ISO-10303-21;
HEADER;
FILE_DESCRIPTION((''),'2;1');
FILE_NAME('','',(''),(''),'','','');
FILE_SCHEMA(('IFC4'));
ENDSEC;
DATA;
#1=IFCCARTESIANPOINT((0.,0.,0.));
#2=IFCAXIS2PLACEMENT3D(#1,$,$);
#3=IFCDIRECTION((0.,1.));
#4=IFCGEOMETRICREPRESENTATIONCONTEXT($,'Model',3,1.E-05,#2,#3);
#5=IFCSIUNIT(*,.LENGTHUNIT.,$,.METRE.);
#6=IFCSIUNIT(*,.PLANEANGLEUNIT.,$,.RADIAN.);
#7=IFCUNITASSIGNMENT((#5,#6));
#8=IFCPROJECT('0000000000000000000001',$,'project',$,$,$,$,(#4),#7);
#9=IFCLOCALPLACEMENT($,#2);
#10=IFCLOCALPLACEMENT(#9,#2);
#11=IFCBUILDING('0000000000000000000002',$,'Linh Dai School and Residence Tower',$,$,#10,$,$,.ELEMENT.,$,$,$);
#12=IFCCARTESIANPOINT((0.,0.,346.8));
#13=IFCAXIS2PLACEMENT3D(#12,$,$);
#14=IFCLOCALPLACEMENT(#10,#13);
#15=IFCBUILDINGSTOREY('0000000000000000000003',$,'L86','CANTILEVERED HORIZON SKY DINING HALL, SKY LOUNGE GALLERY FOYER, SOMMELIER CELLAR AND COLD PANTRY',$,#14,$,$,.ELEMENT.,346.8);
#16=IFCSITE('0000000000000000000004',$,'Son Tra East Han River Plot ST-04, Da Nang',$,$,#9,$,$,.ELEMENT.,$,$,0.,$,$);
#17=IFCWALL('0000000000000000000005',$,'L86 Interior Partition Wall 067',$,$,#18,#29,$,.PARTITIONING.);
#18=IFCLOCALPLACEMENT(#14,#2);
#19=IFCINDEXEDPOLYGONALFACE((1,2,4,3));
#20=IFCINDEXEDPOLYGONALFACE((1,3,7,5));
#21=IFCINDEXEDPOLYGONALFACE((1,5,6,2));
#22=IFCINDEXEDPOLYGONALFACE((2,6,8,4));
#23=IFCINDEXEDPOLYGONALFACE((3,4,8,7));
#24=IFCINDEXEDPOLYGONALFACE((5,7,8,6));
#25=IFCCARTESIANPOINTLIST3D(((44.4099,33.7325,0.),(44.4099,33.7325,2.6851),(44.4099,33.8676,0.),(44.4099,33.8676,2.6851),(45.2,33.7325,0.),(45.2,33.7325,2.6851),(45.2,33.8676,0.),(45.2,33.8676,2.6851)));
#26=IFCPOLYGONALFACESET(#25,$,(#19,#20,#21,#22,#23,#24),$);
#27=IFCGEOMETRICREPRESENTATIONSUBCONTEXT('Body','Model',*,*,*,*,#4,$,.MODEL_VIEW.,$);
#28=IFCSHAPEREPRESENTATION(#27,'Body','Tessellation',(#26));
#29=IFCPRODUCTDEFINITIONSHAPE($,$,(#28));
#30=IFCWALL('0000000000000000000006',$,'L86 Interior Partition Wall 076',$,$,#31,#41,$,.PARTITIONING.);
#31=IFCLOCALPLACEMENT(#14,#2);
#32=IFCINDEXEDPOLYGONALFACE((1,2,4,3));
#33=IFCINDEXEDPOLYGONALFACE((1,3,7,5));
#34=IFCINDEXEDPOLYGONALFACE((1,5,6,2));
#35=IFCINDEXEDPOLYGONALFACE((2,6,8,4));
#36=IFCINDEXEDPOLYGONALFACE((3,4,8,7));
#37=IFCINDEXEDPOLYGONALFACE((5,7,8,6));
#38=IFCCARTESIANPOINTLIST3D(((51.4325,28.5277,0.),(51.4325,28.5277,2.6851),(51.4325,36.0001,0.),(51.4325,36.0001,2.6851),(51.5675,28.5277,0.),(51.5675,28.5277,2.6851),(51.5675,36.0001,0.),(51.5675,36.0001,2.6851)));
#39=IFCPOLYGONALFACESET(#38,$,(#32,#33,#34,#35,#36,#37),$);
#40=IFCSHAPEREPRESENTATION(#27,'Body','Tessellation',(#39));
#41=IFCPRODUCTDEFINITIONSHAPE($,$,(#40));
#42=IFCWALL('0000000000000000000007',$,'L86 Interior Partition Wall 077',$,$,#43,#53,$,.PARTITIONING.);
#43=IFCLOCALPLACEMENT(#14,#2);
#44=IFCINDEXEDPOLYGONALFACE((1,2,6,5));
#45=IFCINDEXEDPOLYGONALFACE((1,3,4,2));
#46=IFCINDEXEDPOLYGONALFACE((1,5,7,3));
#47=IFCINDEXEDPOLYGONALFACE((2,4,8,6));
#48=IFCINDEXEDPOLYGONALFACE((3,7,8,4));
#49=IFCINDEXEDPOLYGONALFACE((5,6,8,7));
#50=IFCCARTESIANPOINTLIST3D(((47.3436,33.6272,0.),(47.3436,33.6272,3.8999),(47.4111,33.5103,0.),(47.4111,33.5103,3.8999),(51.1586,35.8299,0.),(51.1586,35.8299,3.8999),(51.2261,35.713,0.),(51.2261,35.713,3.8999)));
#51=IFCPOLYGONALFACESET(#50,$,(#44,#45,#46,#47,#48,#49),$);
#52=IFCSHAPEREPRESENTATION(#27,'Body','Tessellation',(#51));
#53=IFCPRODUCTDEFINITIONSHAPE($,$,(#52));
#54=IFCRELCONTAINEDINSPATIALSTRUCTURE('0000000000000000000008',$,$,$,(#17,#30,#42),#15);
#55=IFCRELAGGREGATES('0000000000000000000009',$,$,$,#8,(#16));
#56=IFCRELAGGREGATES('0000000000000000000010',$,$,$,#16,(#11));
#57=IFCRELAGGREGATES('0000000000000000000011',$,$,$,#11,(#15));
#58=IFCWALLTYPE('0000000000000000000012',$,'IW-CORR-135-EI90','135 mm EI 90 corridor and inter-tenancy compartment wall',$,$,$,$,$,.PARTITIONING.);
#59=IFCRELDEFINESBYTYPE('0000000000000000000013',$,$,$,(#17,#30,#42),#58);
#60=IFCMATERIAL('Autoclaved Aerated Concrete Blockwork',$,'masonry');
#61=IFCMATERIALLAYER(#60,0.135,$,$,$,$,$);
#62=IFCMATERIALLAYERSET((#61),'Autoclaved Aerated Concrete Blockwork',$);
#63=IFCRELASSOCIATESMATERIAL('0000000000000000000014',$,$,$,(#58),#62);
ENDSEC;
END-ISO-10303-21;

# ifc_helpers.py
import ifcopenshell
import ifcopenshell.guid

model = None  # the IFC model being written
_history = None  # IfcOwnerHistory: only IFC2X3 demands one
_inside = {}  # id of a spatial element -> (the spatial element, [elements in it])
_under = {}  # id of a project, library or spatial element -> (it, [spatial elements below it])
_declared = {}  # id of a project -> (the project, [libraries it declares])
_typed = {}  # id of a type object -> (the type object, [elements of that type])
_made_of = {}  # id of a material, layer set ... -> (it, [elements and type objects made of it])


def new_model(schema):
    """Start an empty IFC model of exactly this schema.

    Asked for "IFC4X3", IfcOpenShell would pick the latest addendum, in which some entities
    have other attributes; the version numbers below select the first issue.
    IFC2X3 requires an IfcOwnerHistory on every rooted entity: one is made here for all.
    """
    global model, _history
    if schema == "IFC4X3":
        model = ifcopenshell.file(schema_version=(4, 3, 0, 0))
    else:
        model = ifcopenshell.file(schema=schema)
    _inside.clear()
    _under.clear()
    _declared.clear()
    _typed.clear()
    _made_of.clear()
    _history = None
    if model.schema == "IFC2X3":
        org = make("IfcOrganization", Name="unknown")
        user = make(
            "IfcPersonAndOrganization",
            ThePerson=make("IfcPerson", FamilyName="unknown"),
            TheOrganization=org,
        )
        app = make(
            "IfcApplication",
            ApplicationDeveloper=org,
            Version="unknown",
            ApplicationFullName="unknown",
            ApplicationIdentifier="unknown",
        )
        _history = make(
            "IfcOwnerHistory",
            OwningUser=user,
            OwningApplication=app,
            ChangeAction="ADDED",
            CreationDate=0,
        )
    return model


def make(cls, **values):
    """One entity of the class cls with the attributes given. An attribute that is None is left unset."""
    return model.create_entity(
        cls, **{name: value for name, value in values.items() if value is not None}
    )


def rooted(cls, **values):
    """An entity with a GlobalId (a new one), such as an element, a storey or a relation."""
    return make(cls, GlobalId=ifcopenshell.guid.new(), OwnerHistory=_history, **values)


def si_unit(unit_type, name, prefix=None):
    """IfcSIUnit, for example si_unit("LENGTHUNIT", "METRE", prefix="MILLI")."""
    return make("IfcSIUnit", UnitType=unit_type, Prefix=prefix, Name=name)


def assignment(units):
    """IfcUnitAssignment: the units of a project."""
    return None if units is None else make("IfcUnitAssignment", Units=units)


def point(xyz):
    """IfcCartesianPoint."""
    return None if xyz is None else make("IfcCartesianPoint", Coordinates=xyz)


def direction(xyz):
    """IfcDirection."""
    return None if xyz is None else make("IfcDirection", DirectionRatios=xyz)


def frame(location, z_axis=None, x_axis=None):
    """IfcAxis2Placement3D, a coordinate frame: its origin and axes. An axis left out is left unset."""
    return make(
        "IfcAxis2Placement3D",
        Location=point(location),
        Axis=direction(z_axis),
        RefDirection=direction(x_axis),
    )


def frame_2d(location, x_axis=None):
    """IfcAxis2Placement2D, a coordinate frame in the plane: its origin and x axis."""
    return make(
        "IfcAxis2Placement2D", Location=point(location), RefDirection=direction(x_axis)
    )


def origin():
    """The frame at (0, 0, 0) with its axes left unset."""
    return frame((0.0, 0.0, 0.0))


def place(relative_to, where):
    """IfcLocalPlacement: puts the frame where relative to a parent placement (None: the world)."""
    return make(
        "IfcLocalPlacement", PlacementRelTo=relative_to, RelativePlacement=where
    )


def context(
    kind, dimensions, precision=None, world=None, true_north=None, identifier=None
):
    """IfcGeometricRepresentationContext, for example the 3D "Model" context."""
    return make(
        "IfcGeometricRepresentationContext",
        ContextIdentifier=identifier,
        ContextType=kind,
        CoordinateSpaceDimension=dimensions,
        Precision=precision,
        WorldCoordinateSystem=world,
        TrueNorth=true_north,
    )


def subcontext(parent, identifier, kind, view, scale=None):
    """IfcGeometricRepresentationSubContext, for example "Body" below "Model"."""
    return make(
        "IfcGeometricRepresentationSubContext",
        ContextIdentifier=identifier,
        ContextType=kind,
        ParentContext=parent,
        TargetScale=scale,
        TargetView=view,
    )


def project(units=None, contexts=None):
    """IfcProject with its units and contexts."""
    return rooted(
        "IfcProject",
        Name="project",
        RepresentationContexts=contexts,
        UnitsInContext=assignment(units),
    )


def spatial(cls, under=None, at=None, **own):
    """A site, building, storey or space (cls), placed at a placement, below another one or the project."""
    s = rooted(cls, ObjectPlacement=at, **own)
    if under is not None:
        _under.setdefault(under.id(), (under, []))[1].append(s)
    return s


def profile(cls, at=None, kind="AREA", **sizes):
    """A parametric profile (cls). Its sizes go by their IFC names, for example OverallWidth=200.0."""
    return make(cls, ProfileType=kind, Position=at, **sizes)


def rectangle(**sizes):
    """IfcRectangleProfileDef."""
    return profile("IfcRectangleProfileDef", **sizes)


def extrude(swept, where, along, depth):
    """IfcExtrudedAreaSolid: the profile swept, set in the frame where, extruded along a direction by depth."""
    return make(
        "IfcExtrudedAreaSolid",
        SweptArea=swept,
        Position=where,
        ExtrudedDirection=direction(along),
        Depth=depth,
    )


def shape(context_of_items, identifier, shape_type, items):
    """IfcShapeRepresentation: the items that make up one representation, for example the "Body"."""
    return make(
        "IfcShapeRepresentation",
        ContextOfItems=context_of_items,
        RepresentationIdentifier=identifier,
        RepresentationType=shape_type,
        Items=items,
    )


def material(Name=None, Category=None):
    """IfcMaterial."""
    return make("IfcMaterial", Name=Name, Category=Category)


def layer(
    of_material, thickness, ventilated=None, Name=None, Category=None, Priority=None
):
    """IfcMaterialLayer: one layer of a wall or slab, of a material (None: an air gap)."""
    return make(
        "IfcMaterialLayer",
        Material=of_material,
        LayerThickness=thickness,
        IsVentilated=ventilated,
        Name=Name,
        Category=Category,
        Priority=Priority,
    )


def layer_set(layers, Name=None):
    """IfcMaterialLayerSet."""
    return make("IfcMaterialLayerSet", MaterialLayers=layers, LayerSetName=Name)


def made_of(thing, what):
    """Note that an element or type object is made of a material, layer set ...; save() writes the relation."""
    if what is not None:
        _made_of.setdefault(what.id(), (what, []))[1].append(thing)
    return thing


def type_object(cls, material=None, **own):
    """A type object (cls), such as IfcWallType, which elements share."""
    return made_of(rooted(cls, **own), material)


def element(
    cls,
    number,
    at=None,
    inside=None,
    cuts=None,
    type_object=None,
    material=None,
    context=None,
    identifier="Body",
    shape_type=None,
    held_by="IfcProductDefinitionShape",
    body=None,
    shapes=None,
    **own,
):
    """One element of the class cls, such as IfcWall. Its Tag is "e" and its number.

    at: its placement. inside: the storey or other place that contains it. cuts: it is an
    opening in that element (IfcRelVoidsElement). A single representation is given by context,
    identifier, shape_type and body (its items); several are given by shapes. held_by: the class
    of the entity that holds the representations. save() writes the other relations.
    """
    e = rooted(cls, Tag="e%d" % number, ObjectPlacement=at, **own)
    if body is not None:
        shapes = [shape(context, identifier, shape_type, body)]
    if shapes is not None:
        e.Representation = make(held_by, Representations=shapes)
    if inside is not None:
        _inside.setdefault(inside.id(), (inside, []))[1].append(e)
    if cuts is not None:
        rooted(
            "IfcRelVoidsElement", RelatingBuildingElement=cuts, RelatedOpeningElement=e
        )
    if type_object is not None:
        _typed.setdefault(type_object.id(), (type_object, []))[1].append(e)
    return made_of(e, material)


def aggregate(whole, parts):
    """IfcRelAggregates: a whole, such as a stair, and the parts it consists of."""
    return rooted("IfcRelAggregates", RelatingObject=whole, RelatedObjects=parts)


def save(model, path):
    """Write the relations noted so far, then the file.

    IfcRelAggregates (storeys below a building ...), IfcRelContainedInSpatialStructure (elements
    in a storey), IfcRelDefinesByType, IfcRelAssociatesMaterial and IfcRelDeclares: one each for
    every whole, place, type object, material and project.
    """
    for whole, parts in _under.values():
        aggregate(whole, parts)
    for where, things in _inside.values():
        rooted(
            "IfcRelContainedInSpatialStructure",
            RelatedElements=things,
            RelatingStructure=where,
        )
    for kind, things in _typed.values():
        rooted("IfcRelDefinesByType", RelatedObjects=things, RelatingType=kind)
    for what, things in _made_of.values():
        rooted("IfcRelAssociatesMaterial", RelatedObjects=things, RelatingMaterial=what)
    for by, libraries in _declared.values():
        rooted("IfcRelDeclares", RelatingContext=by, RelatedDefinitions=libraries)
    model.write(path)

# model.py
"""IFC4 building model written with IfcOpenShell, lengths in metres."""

from ifc_helpers import new_model, si_unit, direction, frame, frame_2d, origin, place, context, subcontext, project, spatial, rectangle, extrude, material, layer, layer_set, type_object, element, save


model = new_model("IFC4")

# Units and contexts
model_context = context("Model", 3, precision=1e-05, world=origin(), true_north=direction((0.0, 1.0)))
body_context = subcontext(model_context, "Body", "Model", "MODEL_VIEW")
ifc_project = project(units=[si_unit("LENGTHUNIT", "METRE"), si_unit("PLANEANGLEUNIT", "RADIAN")], contexts=[model_context])

# Site, building, storey
site_placement = place(None, origin())
site = spatial("IfcSite", under=ifc_project, at=site_placement, Name="Son Tra East Han River Plot ST-04, Da Nang", CompositionType="ELEMENT", RefElevation=0.0)
building_placement = place(site_placement, origin())
building = spatial("IfcBuilding", under=site, at=building_placement, Name="Linh Dai School and Residence Tower", CompositionType="ELEMENT")
storey_placement = place(building_placement, frame((0.0, 0.0, 346.8)))
storey = spatial("IfcBuildingStorey", under=building, at=storey_placement, Name="L86", Description="CANTILEVERED HORIZON SKY DINING HALL, SKY LOUNGE GALLERY FOYER, SOMMELIER CELLAR AND COLD PANTRY", CompositionType="ELEMENT", Elevation=346.8)

# Shared definitions
ifc_material_1 = material(Name="Autoclaved Aerated Concrete Blockwork", Category="masonry")
ifc_layer_1 = layer(ifc_material_1, 0.135)
ifc_layer_set_1 = layer_set([ifc_layer_1], Name="Autoclaved Aerated Concrete Blockwork")
wall_type_1 = type_object("IfcWallType", Name="IW-CORR-135-EI90", Description="135 mm EI 90 corridor and inter-tenancy compartment wall", PredefinedType="PARTITIONING", material=ifc_layer_set_1)

# Walls
wall_1_placement = place(storey_placement, frame((45.2, 33.8, 0.0), z_axis=(0.0, 0.0, 1.0), x_axis=(-1.0, 0.0, 0.0)))
element("IfcWall", 1, at=wall_1_placement, inside=storey, type_object=wall_type_1, Name="L86 Interior Partition Wall 067", PredefinedType="PARTITIONING", context=body_context, shape_type="SweptSolid", body=[
    extrude(rectangle(XDim=0.79, YDim=0.135, at=frame_2d((0.395, 0.0))), origin(), (0.0, 0.0, 1.0), 2.6851),
])
wall_2_placement = place(storey_placement, frame((51.5, 28.5276, 0.0), z_axis=(0.0, 0.0, 1.0), x_axis=(0.0, 1.0, 0.0)))
element("IfcWall", 2, at=wall_2_placement, inside=storey, type_object=wall_type_1, Name="L86 Interior Partition Wall 076", PredefinedType="PARTITIONING", context=body_context, shape_type="SweptSolid", body=[
    extrude(rectangle(XDim=7.4724, YDim=0.135, at=frame_2d((3.7363, 0.0))), origin(), (0.0, 0.0, 1.0), 2.6851),
])
wall_3_placement = place(storey_placement, frame((51.1924, 35.7715, 0.0), z_axis=(0.0, 0.0, 1.0), x_axis=(-0.866018, -0.500013, 0.0)))
element("IfcWall", 3, at=wall_3_placement, inside=storey, type_object=wall_type_1, Name="L86 Interior Partition Wall 077", PredefinedType="PARTITIONING", context=body_context, shape_type="SweptSolid", body=[
    extrude(rectangle(XDim=4.4053, YDim=0.135, at=frame_2d((2.2026, 0.0))), origin(), (0.0, 0.0, 1.0), 3.8999),
])

save(model, "model.ifc")
